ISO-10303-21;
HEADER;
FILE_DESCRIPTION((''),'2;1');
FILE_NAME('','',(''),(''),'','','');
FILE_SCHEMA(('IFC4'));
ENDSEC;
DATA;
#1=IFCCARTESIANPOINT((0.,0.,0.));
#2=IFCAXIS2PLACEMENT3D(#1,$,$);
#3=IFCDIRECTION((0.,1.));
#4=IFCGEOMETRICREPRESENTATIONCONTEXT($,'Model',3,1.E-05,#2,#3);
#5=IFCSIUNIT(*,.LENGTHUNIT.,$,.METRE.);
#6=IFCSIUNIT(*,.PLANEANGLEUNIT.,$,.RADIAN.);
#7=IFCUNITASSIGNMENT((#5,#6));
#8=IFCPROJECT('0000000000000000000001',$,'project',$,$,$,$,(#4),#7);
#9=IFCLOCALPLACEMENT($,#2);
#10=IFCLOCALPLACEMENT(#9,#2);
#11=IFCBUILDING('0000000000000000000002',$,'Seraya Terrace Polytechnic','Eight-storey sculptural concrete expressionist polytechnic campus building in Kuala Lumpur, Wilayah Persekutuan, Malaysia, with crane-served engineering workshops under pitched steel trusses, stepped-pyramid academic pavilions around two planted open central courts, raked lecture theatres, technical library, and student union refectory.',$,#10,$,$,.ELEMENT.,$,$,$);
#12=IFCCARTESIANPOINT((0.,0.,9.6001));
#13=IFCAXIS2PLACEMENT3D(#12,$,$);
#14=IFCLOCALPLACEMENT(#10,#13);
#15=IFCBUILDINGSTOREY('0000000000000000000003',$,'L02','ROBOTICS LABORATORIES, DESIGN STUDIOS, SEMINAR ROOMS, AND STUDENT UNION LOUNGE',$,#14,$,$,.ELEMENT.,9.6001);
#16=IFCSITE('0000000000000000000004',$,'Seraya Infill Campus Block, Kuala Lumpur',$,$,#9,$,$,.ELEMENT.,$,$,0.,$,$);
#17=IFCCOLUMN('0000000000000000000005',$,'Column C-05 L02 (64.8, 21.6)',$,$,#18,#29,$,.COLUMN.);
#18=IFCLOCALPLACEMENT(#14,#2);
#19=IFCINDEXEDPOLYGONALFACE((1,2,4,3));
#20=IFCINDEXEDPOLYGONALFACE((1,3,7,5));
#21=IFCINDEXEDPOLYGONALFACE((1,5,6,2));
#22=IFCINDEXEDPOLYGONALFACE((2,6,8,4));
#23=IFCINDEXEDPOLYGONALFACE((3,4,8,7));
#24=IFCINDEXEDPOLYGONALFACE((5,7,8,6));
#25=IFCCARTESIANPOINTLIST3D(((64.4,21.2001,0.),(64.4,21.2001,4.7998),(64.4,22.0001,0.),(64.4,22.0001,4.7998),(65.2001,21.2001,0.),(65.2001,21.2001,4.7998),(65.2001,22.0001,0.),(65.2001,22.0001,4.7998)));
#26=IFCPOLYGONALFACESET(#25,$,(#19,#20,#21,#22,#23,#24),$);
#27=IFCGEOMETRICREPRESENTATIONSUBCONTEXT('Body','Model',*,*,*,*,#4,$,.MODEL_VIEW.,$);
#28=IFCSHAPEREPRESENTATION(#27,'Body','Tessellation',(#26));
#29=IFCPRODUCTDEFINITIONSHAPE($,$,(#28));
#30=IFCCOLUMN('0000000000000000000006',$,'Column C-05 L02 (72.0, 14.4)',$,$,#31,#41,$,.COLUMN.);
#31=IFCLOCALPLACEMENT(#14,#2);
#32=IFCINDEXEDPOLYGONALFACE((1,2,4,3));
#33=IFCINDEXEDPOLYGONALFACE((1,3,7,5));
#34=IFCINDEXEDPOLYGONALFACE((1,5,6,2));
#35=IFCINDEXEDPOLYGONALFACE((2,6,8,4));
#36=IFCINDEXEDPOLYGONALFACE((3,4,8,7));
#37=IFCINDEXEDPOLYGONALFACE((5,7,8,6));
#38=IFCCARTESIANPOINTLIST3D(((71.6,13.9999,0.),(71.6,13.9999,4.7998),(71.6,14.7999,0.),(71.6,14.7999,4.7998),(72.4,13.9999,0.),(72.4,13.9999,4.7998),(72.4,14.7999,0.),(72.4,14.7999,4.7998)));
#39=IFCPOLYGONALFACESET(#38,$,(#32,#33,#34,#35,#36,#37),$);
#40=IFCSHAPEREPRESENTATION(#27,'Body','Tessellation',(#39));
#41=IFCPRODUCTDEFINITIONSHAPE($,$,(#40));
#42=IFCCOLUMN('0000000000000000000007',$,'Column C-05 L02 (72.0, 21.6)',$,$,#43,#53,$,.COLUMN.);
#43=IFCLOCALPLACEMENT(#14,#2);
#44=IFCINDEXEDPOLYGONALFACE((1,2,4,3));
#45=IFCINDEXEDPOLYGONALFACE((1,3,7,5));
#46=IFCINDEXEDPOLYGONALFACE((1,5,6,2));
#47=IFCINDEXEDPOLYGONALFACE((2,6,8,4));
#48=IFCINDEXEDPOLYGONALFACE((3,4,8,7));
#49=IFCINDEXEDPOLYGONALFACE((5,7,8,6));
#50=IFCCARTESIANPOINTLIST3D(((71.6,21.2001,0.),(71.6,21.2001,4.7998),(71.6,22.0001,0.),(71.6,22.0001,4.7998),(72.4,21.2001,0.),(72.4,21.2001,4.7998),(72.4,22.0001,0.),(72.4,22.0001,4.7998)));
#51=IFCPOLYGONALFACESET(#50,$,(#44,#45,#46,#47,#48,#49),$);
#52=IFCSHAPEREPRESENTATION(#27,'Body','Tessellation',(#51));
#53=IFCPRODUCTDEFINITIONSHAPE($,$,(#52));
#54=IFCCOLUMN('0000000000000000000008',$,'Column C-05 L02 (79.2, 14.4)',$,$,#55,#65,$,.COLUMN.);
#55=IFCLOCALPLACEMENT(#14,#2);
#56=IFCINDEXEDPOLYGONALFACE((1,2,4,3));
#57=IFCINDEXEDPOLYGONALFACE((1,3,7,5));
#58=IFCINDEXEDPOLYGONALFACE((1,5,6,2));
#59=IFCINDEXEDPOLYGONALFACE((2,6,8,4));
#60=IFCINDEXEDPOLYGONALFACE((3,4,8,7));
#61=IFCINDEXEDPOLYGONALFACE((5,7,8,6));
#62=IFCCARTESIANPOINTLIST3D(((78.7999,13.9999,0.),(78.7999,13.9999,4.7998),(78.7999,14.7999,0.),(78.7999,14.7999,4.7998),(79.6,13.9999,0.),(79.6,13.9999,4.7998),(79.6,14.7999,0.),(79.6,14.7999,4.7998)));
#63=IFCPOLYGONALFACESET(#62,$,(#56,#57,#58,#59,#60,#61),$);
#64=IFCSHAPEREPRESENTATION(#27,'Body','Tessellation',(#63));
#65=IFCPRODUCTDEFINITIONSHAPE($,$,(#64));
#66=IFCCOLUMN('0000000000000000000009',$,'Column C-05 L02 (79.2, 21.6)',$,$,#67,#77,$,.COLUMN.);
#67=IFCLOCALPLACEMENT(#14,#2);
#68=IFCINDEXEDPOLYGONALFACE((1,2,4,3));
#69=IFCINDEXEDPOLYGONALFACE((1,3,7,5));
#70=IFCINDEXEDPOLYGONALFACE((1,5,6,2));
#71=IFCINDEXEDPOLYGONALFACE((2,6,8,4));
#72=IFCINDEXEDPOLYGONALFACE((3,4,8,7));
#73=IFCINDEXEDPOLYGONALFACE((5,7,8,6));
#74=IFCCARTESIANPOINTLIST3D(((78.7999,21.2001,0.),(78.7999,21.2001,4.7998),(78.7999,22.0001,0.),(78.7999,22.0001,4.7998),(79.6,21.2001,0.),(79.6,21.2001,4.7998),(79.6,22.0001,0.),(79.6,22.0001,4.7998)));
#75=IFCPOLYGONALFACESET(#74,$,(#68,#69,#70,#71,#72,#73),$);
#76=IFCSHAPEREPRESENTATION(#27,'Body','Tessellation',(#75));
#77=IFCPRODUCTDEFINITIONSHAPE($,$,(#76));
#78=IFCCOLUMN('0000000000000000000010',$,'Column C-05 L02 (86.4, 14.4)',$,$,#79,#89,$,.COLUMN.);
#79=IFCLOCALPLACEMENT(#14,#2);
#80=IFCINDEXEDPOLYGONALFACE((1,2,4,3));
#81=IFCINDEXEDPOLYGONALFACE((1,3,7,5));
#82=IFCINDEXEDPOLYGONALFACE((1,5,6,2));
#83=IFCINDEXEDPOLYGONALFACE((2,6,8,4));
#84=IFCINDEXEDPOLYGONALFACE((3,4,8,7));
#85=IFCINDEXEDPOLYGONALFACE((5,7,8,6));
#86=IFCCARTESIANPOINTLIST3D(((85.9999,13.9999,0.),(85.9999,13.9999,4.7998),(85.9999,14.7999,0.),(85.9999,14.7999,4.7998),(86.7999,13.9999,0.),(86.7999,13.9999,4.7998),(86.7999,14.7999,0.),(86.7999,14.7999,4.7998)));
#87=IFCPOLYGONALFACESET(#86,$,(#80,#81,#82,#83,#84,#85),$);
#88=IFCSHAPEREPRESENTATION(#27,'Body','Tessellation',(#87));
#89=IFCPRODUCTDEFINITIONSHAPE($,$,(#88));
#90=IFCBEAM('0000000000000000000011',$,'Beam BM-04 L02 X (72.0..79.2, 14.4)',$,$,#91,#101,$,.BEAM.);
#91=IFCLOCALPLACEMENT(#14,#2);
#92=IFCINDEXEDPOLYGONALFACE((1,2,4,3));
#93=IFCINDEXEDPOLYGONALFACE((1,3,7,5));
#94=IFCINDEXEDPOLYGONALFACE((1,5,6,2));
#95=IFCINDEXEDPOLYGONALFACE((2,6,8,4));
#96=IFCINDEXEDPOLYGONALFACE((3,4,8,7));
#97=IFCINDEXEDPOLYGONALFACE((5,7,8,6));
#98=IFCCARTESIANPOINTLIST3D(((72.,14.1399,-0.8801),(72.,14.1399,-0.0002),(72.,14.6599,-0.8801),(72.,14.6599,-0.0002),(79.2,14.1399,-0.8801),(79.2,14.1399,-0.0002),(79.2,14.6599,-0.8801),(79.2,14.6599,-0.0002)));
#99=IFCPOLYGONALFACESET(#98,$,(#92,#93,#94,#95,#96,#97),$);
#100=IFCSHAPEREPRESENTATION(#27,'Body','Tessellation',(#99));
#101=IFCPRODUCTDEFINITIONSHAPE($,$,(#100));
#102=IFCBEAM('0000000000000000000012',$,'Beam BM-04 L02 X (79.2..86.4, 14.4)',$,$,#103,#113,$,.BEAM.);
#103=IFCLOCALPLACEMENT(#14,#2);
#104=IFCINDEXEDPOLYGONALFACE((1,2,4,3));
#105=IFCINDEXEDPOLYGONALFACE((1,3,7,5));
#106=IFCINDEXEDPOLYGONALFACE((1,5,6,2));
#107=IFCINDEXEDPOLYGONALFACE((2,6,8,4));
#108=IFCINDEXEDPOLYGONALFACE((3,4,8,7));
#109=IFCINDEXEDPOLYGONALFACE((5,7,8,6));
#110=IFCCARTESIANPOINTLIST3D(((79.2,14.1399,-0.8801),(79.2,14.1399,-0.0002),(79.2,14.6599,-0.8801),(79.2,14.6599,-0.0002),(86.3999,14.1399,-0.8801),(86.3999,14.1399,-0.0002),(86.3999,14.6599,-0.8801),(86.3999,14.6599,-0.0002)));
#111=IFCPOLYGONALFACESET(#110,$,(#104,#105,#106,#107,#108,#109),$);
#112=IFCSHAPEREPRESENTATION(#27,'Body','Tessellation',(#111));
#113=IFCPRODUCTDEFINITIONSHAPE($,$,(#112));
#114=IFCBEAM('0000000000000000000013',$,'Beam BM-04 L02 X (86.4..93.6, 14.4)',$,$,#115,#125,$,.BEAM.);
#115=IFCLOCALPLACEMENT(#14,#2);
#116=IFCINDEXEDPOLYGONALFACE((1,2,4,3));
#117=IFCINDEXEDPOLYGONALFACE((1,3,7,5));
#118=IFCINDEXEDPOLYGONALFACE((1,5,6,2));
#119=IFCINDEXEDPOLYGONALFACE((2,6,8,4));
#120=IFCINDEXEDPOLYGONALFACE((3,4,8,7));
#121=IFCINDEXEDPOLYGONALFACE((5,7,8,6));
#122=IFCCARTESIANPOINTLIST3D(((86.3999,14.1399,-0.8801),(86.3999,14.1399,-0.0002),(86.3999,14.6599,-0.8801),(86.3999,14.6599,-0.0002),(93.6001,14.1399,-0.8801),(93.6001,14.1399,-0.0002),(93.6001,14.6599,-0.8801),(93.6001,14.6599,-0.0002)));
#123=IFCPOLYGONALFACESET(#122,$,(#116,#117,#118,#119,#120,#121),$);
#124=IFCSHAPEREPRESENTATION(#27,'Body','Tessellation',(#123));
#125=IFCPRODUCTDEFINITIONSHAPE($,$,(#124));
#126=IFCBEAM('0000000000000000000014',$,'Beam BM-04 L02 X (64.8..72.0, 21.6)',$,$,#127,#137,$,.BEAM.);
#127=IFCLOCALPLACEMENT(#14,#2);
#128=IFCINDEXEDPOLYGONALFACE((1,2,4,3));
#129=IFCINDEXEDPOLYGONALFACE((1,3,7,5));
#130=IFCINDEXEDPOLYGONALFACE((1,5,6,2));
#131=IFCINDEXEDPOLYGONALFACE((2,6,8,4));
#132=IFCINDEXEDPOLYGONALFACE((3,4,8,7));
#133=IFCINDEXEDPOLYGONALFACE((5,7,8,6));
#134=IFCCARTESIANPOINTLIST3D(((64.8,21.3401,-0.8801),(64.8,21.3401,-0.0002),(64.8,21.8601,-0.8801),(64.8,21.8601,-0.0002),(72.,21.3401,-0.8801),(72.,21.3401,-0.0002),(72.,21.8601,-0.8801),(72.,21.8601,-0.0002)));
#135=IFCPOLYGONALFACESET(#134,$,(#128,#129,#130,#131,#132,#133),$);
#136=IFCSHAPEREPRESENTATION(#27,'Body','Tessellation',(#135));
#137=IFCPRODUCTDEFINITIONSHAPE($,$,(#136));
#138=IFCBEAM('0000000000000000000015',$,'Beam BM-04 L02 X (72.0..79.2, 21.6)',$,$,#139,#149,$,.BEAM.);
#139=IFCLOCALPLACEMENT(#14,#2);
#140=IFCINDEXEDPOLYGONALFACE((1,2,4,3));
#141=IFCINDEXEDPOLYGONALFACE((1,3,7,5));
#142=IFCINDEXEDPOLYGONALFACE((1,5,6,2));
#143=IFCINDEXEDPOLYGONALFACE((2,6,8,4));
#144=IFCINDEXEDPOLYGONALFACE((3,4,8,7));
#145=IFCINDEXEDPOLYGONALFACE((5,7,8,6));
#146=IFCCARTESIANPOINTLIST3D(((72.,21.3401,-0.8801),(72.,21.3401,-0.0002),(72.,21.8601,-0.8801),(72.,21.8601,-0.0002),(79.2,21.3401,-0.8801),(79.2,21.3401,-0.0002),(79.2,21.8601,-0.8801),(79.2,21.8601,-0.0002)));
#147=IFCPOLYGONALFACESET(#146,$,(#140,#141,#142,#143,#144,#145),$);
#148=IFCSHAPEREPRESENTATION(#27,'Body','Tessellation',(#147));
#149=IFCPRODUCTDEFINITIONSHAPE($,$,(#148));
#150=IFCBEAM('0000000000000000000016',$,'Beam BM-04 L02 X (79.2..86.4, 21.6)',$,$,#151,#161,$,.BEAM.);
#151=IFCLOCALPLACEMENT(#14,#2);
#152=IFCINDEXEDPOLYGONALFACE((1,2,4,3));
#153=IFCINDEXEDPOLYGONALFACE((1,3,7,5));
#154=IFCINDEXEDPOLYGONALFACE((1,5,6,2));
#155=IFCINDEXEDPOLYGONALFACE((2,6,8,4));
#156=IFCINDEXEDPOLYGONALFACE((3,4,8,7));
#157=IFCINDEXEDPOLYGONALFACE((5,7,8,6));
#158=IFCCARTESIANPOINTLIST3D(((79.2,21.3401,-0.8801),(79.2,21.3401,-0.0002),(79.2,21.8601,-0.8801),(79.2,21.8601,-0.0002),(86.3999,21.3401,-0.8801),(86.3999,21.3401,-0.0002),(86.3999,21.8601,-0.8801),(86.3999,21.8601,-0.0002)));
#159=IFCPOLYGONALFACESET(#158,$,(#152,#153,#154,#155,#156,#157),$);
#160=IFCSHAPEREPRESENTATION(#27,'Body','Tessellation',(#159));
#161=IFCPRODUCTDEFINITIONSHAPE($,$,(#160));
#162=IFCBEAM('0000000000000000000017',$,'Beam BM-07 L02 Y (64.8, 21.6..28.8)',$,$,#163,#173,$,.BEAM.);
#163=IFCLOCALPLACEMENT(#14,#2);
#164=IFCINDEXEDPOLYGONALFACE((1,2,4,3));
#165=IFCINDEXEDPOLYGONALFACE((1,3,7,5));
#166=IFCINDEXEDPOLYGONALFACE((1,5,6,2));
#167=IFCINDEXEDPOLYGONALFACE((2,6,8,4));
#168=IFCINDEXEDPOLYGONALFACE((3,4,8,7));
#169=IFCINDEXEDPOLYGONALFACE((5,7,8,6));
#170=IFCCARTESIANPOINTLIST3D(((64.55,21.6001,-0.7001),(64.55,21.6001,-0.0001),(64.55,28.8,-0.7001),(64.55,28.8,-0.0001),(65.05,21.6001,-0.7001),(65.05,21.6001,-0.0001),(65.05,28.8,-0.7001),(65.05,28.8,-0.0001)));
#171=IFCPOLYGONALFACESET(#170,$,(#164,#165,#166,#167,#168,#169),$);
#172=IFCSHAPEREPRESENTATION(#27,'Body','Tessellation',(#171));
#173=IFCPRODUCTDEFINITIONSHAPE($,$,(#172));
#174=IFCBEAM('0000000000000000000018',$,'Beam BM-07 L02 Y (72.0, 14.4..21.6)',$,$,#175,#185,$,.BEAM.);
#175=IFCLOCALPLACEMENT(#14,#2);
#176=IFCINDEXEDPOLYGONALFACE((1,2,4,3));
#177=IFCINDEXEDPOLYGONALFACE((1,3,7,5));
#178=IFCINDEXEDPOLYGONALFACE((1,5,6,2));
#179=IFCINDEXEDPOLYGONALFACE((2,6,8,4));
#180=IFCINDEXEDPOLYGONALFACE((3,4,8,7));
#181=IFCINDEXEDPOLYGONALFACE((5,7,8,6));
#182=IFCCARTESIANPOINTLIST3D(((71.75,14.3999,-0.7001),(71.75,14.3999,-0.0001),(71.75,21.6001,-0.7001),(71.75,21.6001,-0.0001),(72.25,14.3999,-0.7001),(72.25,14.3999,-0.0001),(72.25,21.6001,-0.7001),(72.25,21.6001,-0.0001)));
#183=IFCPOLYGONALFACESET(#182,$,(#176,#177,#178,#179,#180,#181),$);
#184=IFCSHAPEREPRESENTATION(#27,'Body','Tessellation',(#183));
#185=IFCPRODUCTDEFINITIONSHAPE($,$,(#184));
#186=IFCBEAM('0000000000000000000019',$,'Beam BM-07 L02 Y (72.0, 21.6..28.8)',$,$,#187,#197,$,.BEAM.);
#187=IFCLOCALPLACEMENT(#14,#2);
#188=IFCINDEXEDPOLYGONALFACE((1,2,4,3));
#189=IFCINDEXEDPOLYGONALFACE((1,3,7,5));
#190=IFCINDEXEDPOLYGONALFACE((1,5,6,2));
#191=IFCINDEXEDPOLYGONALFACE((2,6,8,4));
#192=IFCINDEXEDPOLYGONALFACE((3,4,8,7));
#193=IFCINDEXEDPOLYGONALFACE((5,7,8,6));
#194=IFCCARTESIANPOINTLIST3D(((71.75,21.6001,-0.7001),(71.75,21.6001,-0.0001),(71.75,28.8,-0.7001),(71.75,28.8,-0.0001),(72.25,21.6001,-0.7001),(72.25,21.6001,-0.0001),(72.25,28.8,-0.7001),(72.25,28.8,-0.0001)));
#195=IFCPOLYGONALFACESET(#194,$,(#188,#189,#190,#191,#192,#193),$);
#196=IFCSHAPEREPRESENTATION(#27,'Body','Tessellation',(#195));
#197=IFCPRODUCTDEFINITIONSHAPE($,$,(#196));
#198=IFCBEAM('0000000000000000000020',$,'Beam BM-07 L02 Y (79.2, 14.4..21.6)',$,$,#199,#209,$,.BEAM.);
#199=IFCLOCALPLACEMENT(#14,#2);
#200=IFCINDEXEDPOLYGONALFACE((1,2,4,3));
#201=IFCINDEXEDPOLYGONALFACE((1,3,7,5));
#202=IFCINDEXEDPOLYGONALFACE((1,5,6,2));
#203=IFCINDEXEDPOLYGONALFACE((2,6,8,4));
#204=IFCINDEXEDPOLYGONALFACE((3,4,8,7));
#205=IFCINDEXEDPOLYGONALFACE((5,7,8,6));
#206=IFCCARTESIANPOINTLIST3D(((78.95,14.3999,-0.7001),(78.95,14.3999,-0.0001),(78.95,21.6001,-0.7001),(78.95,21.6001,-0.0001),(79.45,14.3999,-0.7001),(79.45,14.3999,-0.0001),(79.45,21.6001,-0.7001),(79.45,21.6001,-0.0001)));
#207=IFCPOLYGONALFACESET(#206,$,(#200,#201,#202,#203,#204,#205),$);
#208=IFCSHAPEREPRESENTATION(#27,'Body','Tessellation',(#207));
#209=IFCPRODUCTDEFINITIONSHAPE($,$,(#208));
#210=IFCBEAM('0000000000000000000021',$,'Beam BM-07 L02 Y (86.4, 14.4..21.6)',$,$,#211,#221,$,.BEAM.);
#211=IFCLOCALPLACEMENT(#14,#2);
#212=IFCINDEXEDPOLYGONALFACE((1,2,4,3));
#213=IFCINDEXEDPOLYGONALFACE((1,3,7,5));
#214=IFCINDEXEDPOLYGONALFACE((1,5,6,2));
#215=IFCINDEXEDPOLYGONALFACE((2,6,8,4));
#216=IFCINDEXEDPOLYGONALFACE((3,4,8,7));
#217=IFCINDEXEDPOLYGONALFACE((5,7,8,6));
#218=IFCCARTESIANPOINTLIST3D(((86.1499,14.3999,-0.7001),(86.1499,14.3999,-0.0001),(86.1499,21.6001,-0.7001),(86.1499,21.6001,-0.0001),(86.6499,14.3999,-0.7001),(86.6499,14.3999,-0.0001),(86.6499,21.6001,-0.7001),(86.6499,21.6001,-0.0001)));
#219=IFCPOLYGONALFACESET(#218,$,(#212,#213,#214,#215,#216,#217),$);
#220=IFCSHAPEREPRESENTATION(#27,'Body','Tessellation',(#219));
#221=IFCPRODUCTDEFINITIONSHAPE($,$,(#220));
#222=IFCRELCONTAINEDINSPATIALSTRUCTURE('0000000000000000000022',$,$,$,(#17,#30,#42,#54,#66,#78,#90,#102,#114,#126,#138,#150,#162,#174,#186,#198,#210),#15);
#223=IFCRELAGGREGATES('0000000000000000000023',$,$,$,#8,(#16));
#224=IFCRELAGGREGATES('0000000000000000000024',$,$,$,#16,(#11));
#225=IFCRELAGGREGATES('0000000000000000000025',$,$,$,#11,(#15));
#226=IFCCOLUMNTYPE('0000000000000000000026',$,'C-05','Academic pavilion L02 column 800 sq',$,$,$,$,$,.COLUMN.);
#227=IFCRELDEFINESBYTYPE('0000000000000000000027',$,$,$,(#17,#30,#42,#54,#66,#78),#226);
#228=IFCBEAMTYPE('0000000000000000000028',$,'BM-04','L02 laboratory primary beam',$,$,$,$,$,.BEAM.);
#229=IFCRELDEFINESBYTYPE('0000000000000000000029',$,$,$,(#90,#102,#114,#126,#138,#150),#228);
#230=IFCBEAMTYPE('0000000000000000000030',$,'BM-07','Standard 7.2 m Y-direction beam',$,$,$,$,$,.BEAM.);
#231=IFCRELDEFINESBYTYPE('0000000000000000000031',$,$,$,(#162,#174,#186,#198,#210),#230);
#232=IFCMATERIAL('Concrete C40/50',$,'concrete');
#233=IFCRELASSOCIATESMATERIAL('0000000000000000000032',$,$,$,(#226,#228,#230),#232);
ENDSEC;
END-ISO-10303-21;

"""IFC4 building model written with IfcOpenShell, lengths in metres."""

from ifc_helpers import new_model, si_unit, direction, frame, origin, origin_2d, place, context, subcontext, project, spatial, rectangle, extrude, material, material_profile, profile_set, type_object, element, save


model = new_model("IFC4")

# Units and contexts
model_context = context("Model", 3, precision=1e-05, world=origin(), true_north=direction((0.0, 1.0)))
body_context = subcontext(model_context, "Body", "Model", "MODEL_VIEW")
ifc_project = project(units=[si_unit("LENGTHUNIT", "METRE"), si_unit("PLANEANGLEUNIT", "RADIAN")], contexts=[model_context])

# Site, building, storey
site_placement = place(None, origin())
site = spatial("IfcSite", under=ifc_project, at=site_placement, Name="Seraya Infill Campus Block, Kuala Lumpur", CompositionType="ELEMENT", RefElevation=0.0)
building_placement = place(site_placement, origin())
building = spatial("IfcBuilding", under=site, at=building_placement, Name="Seraya Terrace Polytechnic", Description="Eight-storey sculptural concrete expressionist polytechnic campus building in Kuala Lumpur, Wilayah Persekutuan, Malaysia, with crane-served engineering workshops under pitched steel trusses, stepped-pyramid academic pavilions around two planted open central courts, raked lecture theatres, technical library, and student union refectory.", CompositionType="ELEMENT")
storey_placement = place(building_placement, frame((0.0, 0.0, 9.6001)))
storey = spatial("IfcBuildingStorey", under=building, at=storey_placement, Name="L02", Description="ROBOTICS LABORATORIES, DESIGN STUDIOS, SEMINAR ROOMS, AND STUDENT UNION LOUNGE", CompositionType="ELEMENT", Elevation=9.6001)

# Columns
ifc_material_1 = material(Name="Concrete C40/50", Category="concrete")
ifc_material_profile_1 = material_profile(ifc_material_1, rectangle(XDim=0.8, YDim=0.8, at=origin_2d()), Name="RC 800x800")
ifc_profile_set_1 = profile_set([ifc_material_profile_1], Name="Concrete C40/50")
column_type = type_object("IfcColumnType", Name="C-05", Description="Academic pavilion L02 column 800 sq", PredefinedType="COLUMN", material=ifc_profile_set_1)
for number, where, z_axis, x_axis, name in (
    (1, (64.8, 21.6001, 0.0), (0.0, 0.0, 1.0), (1.0, 0.0, 0.0), "Column C-05 L02 (64.8, 21.6)"),
    (2, (72.0, 14.3999, 0.0), (0.0, 0.0, 1.0), (1.0, 0.0, 0.0), "Column C-05 L02 (72.0, 14.4)"),
    (3, (72.0, 21.6001, 0.0), (0.0, 0.0, 1.0), (1.0, 0.0, 0.0), "Column C-05 L02 (72.0, 21.6)"),
    (4, (79.2, 14.3999, 0.0), (0.0, 0.0, 1.0), (1.0, 0.0, 0.0), "Column C-05 L02 (79.2, 14.4)"),
    (5, (79.2, 21.6001, 0.0), (0.0, 0.0, 1.0), (1.0, 0.0, 0.0), "Column C-05 L02 (79.2, 21.6)"),
    (6, (86.3999, 14.3999, 0.0), (0.0, 0.0, 1.0), (1.0, 0.0, 0.0), "Column C-05 L02 (86.4, 14.4)"),
):
    element("IfcColumn", number, at=place(storey_placement, frame(where, z_axis=z_axis, x_axis=x_axis)), inside=storey, type_object=column_type, Name=name, PredefinedType="COLUMN", context=body_context, shape_type="SweptSolid", body=[
        extrude(rectangle(XDim=0.8, YDim=0.8, at=origin_2d()), origin(), (0.0, 0.0, 1.0), 4.7998),
    ])

# Beams
ifc_material_profile_2 = material_profile(ifc_material_1, rectangle(XDim=0.52, YDim=0.8799, at=origin_2d()), Name="RC 520x880")
ifc_profile_set_2 = profile_set([ifc_material_profile_2], Name="Concrete C40/50")
beam_type_1 = type_object("IfcBeamType", Name="BM-04", Description="L02 laboratory primary beam", PredefinedType="BEAM", material=ifc_profile_set_2)
for number, where, z_axis, x_axis, name in (
    (7, (72.0, 14.3999, -0.4402), (1.0, 0.0, 0.0), (0.0, 1.0, 0.0), "Beam BM-04 L02 X (72.0..79.2, 14.4)"),
    (8, (79.2, 14.3999, -0.4402), (1.0, 0.0, 0.0), (0.0, 1.0, 0.0), "Beam BM-04 L02 X (79.2..86.4, 14.4)"),
):
    element("IfcBeam", number, at=place(storey_placement, frame(where, z_axis=z_axis, x_axis=x_axis)), inside=storey, type_object=beam_type_1, Name=name, PredefinedType="BEAM", context=body_context, shape_type="SweptSolid", body=[
        extrude(rectangle(XDim=0.52, YDim=0.8799, at=origin_2d()), origin(), (0.0, 0.0, 1.0), 7.2),
    ])
beam_1_placement = place(storey_placement, frame((86.3999, 14.3999, -0.4402), z_axis=(1.0, 0.0, 0.0), x_axis=(0.0, 1.0, 0.0)))
element("IfcBeam", 9, at=beam_1_placement, inside=storey, type_object=beam_type_1, Name="Beam BM-04 L02 X (86.4..93.6, 14.4)", PredefinedType="BEAM", context=body_context, shape_type="SweptSolid", body=[
    extrude(rectangle(XDim=0.52, YDim=0.8799, at=origin_2d()), origin(), (0.0, 0.0, 1.0), 7.2002),
])
for number, where, z_axis, x_axis, name in (
    (10, (64.8, 21.6001, -0.4402), (1.0, 0.0, 0.0), (0.0, 1.0, 0.0), "Beam BM-04 L02 X (64.8..72.0, 21.6)"),
    (11, (72.0, 21.6001, -0.4402), (1.0, 0.0, 0.0), (0.0, 1.0, 0.0), "Beam BM-04 L02 X (72.0..79.2, 21.6)"),
    (12, (79.2, 21.6001, -0.4402), (1.0, 0.0, 0.0), (0.0, 1.0, 0.0), "Beam BM-04 L02 X (79.2..86.4, 21.6)"),
):
    element("IfcBeam", number, at=place(storey_placement, frame(where, z_axis=z_axis, x_axis=x_axis)), inside=storey, type_object=beam_type_1, Name=name, PredefinedType="BEAM", context=body_context, shape_type="SweptSolid", body=[
        extrude(rectangle(XDim=0.52, YDim=0.8799, at=origin_2d()), origin(), (0.0, 0.0, 1.0), 7.2),
    ])
ifc_material_profile_3 = material_profile(ifc_material_1, rectangle(XDim=0.5, YDim=0.7, at=origin_2d()), Name="RC 500x700")
ifc_profile_set_3 = profile_set([ifc_material_profile_3], Name="Concrete C40/50")
beam_type_2 = type_object("IfcBeamType", Name="BM-07", Description="Standard 7.2 m Y-direction beam", PredefinedType="BEAM", material=ifc_profile_set_3)
beam_2_placement = place(storey_placement, frame((64.8, 21.6001, -0.3501), z_axis=(0.0, 1.0, 0.0), x_axis=(-1.0, 0.0, 0.0)))
element("IfcBeam", 13, at=beam_2_placement, inside=storey, type_object=beam_type_2, Name="Beam BM-07 L02 Y (64.8, 21.6..28.8)", PredefinedType="BEAM", context=body_context, shape_type="SweptSolid", body=[
    extrude(rectangle(XDim=0.5, YDim=0.7, at=origin_2d()), origin(), (0.0, 0.0, 1.0), 7.2),
])
beam_3_placement = place(storey_placement, frame((72.0, 14.3999, -0.3501), z_axis=(0.0, 1.0, 0.0), x_axis=(-1.0, 0.0, 0.0)))
element("IfcBeam", 14, at=beam_3_placement, inside=storey, type_object=beam_type_2, Name="Beam BM-07 L02 Y (72.0, 14.4..21.6)", PredefinedType="BEAM", context=body_context, shape_type="SweptSolid", body=[
    extrude(rectangle(XDim=0.5, YDim=0.7, at=origin_2d()), origin(), (0.0, 0.0, 1.0), 7.2002),
])
beam_4_placement = place(storey_placement, frame((72.0, 21.6001, -0.3501), z_axis=(0.0, 1.0, 0.0), x_axis=(-1.0, 0.0, 0.0)))
element("IfcBeam", 15, at=beam_4_placement, inside=storey, type_object=beam_type_2, Name="Beam BM-07 L02 Y (72.0, 21.6..28.8)", PredefinedType="BEAM", context=body_context, shape_type="SweptSolid", body=[
    extrude(rectangle(XDim=0.5, YDim=0.7, at=origin_2d()), origin(), (0.0, 0.0, 1.0), 7.2),
])
for number, where, z_axis, x_axis, name in (
    (16, (79.2, 14.3999, -0.3501), (0.0, 1.0, 0.0), (-1.0, 0.0, 0.0), "Beam BM-07 L02 Y (79.2, 14.4..21.6)"),
    (17, (86.3999, 14.3999, -0.3501), (0.0, 1.0, 0.0), (-1.0, 0.0, 0.0), "Beam BM-07 L02 Y (86.4, 14.4..21.6)"),
):
    element("IfcBeam", number, at=place(storey_placement, frame(where, z_axis=z_axis, x_axis=x_axis)), inside=storey, type_object=beam_type_2, Name=name, PredefinedType="BEAM", context=body_context, shape_type="SweptSolid", body=[
        extrude(rectangle(XDim=0.5, YDim=0.7, at=origin_2d()), origin(), (0.0, 0.0, 1.0), 7.2002),
    ])

save(model, "model.ifc")
